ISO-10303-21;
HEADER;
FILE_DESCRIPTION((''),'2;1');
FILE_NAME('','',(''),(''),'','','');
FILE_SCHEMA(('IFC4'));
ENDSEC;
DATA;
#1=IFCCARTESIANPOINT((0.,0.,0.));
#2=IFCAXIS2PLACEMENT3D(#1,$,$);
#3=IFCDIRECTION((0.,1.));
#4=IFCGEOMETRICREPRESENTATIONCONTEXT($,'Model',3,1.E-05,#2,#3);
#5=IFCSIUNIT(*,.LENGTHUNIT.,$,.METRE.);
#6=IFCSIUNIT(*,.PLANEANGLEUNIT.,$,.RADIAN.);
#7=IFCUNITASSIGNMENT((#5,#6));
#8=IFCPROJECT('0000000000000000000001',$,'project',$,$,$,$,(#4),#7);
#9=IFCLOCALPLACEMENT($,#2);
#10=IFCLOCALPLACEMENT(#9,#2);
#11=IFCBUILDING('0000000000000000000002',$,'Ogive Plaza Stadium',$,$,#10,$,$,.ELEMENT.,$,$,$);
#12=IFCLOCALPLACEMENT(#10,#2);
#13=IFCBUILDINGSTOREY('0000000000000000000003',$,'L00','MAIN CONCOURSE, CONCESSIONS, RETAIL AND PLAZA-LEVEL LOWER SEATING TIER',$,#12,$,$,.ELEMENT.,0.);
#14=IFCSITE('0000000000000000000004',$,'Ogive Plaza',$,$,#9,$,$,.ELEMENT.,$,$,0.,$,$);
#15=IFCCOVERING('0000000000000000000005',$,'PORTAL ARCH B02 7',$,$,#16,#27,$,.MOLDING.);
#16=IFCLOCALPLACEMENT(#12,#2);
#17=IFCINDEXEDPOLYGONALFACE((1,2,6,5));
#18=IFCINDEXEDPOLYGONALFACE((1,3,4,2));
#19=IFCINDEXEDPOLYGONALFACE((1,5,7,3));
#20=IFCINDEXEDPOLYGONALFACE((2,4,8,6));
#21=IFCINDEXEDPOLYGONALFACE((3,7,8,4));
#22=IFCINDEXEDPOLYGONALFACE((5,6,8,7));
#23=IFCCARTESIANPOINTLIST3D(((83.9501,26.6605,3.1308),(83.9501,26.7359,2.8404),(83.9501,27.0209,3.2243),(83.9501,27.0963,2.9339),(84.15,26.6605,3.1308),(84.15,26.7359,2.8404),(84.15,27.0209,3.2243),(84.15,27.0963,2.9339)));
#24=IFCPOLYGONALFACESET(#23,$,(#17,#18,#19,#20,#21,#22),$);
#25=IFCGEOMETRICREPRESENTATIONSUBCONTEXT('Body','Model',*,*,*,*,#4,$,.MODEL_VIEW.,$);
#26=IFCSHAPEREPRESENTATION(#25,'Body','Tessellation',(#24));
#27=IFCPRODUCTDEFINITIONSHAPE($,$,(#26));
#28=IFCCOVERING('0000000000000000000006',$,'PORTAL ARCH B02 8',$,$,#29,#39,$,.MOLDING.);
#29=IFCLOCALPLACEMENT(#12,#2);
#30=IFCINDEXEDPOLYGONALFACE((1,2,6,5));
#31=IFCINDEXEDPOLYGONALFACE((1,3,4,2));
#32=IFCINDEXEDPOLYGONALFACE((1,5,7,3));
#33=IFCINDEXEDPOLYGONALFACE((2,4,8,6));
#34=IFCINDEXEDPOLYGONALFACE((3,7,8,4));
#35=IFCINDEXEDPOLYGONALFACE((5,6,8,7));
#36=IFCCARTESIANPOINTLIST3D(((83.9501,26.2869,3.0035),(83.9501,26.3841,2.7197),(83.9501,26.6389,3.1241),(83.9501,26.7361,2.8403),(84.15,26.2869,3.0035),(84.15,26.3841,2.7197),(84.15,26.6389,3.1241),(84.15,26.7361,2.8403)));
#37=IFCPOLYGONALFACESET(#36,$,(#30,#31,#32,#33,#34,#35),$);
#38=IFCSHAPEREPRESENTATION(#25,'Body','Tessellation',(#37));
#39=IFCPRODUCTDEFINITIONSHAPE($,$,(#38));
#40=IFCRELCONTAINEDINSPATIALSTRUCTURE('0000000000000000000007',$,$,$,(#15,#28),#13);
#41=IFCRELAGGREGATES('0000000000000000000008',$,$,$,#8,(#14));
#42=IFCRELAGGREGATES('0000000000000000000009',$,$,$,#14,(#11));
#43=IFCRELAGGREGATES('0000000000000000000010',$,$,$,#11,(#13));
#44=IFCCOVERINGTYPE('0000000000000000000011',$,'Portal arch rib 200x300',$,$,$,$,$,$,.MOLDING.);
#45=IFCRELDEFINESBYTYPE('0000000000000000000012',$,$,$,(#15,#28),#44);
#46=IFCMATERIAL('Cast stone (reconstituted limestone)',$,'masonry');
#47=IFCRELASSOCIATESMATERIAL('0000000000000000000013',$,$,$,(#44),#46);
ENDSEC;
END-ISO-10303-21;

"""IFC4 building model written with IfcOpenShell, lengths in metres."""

from ifc_helpers import new_model, si_unit, direction, frame, origin, origin_2d, place, context, subcontext, project, spatial, rectangle, extrude, material, material_profile, profile_set, type_object, element, save


model = new_model("IFC4")

# Units and contexts
model_context = context("Model", 3, precision=1e-05, world=origin(), true_north=direction((0.0, 1.0)))
body_context = subcontext(model_context, "Body", "Model", "MODEL_VIEW")
ifc_project = project(units=[si_unit("LENGTHUNIT", "METRE"), si_unit("PLANEANGLEUNIT", "RADIAN")], contexts=[model_context])

# Site, building, storey
site_placement = place(None, origin())
site = spatial("IfcSite", under=ifc_project, at=site_placement, Name="Ogive Plaza", CompositionType="ELEMENT", RefElevation=0.0)
building_placement = place(site_placement, origin())
building = spatial("IfcBuilding", under=site, at=building_placement, Name="Ogive Plaza Stadium", CompositionType="ELEMENT")
storey_placement = place(building_placement, origin())
storey = spatial("IfcBuildingStorey", under=building, at=storey_placement, Name="L00", Description="MAIN CONCOURSE, CONCESSIONS, RETAIL AND PLAZA-LEVEL LOWER SEATING TIER", CompositionType="ELEMENT", Elevation=0.0)

# Coverings
ifc_material = material(Name="Cast stone (reconstituted limestone)", Category="masonry")
ifc_material_profile = material_profile(ifc_material, rectangle(XDim=0.2, YDim=0.3, at=origin_2d()), Name="Cast stone 200x300")
ifc_profile_set = profile_set([ifc_material_profile], Name="Cast stone (reconstituted limestone)")
covering_type = type_object("IfcCoveringType", Name="Portal arch rib 200x300", PredefinedType="MOLDING", material=ifc_profile_set)
covering_1_placement = place(storey_placement, frame((84.05, 27.0586, 3.0791), z_axis=(0.0, -0.967944, -0.251167), x_axis=(1.0, 0.0, 0.0)))
element("IfcCovering", 1, at=covering_1_placement, inside=storey, type_object=covering_type, Name="PORTAL ARCH B02 7", PredefinedType="MOLDING", context=body_context, shape_type="SweptSolid", body=[
    extrude(rectangle(XDim=0.2, YDim=0.3, at=origin_2d()), origin(), (0.0, 0.0, 1.0), 0.3723),
])
covering_2_placement = place(storey_placement, frame((84.05, 26.6875, 2.9822), z_axis=(0.0, -0.946026, -0.324089), x_axis=(1.0, 0.0, 0.0)))
element("IfcCovering", 2, at=covering_2_placement, inside=storey, type_object=covering_type, Name="PORTAL ARCH B02 8", PredefinedType="MOLDING", context=body_context, shape_type="SweptSolid", body=[
    extrude(rectangle(XDim=0.2, YDim=0.3, at=origin_2d()), origin(), (0.0, 0.0, 1.0), 0.3721),
])

save(model, "model.ifc")
